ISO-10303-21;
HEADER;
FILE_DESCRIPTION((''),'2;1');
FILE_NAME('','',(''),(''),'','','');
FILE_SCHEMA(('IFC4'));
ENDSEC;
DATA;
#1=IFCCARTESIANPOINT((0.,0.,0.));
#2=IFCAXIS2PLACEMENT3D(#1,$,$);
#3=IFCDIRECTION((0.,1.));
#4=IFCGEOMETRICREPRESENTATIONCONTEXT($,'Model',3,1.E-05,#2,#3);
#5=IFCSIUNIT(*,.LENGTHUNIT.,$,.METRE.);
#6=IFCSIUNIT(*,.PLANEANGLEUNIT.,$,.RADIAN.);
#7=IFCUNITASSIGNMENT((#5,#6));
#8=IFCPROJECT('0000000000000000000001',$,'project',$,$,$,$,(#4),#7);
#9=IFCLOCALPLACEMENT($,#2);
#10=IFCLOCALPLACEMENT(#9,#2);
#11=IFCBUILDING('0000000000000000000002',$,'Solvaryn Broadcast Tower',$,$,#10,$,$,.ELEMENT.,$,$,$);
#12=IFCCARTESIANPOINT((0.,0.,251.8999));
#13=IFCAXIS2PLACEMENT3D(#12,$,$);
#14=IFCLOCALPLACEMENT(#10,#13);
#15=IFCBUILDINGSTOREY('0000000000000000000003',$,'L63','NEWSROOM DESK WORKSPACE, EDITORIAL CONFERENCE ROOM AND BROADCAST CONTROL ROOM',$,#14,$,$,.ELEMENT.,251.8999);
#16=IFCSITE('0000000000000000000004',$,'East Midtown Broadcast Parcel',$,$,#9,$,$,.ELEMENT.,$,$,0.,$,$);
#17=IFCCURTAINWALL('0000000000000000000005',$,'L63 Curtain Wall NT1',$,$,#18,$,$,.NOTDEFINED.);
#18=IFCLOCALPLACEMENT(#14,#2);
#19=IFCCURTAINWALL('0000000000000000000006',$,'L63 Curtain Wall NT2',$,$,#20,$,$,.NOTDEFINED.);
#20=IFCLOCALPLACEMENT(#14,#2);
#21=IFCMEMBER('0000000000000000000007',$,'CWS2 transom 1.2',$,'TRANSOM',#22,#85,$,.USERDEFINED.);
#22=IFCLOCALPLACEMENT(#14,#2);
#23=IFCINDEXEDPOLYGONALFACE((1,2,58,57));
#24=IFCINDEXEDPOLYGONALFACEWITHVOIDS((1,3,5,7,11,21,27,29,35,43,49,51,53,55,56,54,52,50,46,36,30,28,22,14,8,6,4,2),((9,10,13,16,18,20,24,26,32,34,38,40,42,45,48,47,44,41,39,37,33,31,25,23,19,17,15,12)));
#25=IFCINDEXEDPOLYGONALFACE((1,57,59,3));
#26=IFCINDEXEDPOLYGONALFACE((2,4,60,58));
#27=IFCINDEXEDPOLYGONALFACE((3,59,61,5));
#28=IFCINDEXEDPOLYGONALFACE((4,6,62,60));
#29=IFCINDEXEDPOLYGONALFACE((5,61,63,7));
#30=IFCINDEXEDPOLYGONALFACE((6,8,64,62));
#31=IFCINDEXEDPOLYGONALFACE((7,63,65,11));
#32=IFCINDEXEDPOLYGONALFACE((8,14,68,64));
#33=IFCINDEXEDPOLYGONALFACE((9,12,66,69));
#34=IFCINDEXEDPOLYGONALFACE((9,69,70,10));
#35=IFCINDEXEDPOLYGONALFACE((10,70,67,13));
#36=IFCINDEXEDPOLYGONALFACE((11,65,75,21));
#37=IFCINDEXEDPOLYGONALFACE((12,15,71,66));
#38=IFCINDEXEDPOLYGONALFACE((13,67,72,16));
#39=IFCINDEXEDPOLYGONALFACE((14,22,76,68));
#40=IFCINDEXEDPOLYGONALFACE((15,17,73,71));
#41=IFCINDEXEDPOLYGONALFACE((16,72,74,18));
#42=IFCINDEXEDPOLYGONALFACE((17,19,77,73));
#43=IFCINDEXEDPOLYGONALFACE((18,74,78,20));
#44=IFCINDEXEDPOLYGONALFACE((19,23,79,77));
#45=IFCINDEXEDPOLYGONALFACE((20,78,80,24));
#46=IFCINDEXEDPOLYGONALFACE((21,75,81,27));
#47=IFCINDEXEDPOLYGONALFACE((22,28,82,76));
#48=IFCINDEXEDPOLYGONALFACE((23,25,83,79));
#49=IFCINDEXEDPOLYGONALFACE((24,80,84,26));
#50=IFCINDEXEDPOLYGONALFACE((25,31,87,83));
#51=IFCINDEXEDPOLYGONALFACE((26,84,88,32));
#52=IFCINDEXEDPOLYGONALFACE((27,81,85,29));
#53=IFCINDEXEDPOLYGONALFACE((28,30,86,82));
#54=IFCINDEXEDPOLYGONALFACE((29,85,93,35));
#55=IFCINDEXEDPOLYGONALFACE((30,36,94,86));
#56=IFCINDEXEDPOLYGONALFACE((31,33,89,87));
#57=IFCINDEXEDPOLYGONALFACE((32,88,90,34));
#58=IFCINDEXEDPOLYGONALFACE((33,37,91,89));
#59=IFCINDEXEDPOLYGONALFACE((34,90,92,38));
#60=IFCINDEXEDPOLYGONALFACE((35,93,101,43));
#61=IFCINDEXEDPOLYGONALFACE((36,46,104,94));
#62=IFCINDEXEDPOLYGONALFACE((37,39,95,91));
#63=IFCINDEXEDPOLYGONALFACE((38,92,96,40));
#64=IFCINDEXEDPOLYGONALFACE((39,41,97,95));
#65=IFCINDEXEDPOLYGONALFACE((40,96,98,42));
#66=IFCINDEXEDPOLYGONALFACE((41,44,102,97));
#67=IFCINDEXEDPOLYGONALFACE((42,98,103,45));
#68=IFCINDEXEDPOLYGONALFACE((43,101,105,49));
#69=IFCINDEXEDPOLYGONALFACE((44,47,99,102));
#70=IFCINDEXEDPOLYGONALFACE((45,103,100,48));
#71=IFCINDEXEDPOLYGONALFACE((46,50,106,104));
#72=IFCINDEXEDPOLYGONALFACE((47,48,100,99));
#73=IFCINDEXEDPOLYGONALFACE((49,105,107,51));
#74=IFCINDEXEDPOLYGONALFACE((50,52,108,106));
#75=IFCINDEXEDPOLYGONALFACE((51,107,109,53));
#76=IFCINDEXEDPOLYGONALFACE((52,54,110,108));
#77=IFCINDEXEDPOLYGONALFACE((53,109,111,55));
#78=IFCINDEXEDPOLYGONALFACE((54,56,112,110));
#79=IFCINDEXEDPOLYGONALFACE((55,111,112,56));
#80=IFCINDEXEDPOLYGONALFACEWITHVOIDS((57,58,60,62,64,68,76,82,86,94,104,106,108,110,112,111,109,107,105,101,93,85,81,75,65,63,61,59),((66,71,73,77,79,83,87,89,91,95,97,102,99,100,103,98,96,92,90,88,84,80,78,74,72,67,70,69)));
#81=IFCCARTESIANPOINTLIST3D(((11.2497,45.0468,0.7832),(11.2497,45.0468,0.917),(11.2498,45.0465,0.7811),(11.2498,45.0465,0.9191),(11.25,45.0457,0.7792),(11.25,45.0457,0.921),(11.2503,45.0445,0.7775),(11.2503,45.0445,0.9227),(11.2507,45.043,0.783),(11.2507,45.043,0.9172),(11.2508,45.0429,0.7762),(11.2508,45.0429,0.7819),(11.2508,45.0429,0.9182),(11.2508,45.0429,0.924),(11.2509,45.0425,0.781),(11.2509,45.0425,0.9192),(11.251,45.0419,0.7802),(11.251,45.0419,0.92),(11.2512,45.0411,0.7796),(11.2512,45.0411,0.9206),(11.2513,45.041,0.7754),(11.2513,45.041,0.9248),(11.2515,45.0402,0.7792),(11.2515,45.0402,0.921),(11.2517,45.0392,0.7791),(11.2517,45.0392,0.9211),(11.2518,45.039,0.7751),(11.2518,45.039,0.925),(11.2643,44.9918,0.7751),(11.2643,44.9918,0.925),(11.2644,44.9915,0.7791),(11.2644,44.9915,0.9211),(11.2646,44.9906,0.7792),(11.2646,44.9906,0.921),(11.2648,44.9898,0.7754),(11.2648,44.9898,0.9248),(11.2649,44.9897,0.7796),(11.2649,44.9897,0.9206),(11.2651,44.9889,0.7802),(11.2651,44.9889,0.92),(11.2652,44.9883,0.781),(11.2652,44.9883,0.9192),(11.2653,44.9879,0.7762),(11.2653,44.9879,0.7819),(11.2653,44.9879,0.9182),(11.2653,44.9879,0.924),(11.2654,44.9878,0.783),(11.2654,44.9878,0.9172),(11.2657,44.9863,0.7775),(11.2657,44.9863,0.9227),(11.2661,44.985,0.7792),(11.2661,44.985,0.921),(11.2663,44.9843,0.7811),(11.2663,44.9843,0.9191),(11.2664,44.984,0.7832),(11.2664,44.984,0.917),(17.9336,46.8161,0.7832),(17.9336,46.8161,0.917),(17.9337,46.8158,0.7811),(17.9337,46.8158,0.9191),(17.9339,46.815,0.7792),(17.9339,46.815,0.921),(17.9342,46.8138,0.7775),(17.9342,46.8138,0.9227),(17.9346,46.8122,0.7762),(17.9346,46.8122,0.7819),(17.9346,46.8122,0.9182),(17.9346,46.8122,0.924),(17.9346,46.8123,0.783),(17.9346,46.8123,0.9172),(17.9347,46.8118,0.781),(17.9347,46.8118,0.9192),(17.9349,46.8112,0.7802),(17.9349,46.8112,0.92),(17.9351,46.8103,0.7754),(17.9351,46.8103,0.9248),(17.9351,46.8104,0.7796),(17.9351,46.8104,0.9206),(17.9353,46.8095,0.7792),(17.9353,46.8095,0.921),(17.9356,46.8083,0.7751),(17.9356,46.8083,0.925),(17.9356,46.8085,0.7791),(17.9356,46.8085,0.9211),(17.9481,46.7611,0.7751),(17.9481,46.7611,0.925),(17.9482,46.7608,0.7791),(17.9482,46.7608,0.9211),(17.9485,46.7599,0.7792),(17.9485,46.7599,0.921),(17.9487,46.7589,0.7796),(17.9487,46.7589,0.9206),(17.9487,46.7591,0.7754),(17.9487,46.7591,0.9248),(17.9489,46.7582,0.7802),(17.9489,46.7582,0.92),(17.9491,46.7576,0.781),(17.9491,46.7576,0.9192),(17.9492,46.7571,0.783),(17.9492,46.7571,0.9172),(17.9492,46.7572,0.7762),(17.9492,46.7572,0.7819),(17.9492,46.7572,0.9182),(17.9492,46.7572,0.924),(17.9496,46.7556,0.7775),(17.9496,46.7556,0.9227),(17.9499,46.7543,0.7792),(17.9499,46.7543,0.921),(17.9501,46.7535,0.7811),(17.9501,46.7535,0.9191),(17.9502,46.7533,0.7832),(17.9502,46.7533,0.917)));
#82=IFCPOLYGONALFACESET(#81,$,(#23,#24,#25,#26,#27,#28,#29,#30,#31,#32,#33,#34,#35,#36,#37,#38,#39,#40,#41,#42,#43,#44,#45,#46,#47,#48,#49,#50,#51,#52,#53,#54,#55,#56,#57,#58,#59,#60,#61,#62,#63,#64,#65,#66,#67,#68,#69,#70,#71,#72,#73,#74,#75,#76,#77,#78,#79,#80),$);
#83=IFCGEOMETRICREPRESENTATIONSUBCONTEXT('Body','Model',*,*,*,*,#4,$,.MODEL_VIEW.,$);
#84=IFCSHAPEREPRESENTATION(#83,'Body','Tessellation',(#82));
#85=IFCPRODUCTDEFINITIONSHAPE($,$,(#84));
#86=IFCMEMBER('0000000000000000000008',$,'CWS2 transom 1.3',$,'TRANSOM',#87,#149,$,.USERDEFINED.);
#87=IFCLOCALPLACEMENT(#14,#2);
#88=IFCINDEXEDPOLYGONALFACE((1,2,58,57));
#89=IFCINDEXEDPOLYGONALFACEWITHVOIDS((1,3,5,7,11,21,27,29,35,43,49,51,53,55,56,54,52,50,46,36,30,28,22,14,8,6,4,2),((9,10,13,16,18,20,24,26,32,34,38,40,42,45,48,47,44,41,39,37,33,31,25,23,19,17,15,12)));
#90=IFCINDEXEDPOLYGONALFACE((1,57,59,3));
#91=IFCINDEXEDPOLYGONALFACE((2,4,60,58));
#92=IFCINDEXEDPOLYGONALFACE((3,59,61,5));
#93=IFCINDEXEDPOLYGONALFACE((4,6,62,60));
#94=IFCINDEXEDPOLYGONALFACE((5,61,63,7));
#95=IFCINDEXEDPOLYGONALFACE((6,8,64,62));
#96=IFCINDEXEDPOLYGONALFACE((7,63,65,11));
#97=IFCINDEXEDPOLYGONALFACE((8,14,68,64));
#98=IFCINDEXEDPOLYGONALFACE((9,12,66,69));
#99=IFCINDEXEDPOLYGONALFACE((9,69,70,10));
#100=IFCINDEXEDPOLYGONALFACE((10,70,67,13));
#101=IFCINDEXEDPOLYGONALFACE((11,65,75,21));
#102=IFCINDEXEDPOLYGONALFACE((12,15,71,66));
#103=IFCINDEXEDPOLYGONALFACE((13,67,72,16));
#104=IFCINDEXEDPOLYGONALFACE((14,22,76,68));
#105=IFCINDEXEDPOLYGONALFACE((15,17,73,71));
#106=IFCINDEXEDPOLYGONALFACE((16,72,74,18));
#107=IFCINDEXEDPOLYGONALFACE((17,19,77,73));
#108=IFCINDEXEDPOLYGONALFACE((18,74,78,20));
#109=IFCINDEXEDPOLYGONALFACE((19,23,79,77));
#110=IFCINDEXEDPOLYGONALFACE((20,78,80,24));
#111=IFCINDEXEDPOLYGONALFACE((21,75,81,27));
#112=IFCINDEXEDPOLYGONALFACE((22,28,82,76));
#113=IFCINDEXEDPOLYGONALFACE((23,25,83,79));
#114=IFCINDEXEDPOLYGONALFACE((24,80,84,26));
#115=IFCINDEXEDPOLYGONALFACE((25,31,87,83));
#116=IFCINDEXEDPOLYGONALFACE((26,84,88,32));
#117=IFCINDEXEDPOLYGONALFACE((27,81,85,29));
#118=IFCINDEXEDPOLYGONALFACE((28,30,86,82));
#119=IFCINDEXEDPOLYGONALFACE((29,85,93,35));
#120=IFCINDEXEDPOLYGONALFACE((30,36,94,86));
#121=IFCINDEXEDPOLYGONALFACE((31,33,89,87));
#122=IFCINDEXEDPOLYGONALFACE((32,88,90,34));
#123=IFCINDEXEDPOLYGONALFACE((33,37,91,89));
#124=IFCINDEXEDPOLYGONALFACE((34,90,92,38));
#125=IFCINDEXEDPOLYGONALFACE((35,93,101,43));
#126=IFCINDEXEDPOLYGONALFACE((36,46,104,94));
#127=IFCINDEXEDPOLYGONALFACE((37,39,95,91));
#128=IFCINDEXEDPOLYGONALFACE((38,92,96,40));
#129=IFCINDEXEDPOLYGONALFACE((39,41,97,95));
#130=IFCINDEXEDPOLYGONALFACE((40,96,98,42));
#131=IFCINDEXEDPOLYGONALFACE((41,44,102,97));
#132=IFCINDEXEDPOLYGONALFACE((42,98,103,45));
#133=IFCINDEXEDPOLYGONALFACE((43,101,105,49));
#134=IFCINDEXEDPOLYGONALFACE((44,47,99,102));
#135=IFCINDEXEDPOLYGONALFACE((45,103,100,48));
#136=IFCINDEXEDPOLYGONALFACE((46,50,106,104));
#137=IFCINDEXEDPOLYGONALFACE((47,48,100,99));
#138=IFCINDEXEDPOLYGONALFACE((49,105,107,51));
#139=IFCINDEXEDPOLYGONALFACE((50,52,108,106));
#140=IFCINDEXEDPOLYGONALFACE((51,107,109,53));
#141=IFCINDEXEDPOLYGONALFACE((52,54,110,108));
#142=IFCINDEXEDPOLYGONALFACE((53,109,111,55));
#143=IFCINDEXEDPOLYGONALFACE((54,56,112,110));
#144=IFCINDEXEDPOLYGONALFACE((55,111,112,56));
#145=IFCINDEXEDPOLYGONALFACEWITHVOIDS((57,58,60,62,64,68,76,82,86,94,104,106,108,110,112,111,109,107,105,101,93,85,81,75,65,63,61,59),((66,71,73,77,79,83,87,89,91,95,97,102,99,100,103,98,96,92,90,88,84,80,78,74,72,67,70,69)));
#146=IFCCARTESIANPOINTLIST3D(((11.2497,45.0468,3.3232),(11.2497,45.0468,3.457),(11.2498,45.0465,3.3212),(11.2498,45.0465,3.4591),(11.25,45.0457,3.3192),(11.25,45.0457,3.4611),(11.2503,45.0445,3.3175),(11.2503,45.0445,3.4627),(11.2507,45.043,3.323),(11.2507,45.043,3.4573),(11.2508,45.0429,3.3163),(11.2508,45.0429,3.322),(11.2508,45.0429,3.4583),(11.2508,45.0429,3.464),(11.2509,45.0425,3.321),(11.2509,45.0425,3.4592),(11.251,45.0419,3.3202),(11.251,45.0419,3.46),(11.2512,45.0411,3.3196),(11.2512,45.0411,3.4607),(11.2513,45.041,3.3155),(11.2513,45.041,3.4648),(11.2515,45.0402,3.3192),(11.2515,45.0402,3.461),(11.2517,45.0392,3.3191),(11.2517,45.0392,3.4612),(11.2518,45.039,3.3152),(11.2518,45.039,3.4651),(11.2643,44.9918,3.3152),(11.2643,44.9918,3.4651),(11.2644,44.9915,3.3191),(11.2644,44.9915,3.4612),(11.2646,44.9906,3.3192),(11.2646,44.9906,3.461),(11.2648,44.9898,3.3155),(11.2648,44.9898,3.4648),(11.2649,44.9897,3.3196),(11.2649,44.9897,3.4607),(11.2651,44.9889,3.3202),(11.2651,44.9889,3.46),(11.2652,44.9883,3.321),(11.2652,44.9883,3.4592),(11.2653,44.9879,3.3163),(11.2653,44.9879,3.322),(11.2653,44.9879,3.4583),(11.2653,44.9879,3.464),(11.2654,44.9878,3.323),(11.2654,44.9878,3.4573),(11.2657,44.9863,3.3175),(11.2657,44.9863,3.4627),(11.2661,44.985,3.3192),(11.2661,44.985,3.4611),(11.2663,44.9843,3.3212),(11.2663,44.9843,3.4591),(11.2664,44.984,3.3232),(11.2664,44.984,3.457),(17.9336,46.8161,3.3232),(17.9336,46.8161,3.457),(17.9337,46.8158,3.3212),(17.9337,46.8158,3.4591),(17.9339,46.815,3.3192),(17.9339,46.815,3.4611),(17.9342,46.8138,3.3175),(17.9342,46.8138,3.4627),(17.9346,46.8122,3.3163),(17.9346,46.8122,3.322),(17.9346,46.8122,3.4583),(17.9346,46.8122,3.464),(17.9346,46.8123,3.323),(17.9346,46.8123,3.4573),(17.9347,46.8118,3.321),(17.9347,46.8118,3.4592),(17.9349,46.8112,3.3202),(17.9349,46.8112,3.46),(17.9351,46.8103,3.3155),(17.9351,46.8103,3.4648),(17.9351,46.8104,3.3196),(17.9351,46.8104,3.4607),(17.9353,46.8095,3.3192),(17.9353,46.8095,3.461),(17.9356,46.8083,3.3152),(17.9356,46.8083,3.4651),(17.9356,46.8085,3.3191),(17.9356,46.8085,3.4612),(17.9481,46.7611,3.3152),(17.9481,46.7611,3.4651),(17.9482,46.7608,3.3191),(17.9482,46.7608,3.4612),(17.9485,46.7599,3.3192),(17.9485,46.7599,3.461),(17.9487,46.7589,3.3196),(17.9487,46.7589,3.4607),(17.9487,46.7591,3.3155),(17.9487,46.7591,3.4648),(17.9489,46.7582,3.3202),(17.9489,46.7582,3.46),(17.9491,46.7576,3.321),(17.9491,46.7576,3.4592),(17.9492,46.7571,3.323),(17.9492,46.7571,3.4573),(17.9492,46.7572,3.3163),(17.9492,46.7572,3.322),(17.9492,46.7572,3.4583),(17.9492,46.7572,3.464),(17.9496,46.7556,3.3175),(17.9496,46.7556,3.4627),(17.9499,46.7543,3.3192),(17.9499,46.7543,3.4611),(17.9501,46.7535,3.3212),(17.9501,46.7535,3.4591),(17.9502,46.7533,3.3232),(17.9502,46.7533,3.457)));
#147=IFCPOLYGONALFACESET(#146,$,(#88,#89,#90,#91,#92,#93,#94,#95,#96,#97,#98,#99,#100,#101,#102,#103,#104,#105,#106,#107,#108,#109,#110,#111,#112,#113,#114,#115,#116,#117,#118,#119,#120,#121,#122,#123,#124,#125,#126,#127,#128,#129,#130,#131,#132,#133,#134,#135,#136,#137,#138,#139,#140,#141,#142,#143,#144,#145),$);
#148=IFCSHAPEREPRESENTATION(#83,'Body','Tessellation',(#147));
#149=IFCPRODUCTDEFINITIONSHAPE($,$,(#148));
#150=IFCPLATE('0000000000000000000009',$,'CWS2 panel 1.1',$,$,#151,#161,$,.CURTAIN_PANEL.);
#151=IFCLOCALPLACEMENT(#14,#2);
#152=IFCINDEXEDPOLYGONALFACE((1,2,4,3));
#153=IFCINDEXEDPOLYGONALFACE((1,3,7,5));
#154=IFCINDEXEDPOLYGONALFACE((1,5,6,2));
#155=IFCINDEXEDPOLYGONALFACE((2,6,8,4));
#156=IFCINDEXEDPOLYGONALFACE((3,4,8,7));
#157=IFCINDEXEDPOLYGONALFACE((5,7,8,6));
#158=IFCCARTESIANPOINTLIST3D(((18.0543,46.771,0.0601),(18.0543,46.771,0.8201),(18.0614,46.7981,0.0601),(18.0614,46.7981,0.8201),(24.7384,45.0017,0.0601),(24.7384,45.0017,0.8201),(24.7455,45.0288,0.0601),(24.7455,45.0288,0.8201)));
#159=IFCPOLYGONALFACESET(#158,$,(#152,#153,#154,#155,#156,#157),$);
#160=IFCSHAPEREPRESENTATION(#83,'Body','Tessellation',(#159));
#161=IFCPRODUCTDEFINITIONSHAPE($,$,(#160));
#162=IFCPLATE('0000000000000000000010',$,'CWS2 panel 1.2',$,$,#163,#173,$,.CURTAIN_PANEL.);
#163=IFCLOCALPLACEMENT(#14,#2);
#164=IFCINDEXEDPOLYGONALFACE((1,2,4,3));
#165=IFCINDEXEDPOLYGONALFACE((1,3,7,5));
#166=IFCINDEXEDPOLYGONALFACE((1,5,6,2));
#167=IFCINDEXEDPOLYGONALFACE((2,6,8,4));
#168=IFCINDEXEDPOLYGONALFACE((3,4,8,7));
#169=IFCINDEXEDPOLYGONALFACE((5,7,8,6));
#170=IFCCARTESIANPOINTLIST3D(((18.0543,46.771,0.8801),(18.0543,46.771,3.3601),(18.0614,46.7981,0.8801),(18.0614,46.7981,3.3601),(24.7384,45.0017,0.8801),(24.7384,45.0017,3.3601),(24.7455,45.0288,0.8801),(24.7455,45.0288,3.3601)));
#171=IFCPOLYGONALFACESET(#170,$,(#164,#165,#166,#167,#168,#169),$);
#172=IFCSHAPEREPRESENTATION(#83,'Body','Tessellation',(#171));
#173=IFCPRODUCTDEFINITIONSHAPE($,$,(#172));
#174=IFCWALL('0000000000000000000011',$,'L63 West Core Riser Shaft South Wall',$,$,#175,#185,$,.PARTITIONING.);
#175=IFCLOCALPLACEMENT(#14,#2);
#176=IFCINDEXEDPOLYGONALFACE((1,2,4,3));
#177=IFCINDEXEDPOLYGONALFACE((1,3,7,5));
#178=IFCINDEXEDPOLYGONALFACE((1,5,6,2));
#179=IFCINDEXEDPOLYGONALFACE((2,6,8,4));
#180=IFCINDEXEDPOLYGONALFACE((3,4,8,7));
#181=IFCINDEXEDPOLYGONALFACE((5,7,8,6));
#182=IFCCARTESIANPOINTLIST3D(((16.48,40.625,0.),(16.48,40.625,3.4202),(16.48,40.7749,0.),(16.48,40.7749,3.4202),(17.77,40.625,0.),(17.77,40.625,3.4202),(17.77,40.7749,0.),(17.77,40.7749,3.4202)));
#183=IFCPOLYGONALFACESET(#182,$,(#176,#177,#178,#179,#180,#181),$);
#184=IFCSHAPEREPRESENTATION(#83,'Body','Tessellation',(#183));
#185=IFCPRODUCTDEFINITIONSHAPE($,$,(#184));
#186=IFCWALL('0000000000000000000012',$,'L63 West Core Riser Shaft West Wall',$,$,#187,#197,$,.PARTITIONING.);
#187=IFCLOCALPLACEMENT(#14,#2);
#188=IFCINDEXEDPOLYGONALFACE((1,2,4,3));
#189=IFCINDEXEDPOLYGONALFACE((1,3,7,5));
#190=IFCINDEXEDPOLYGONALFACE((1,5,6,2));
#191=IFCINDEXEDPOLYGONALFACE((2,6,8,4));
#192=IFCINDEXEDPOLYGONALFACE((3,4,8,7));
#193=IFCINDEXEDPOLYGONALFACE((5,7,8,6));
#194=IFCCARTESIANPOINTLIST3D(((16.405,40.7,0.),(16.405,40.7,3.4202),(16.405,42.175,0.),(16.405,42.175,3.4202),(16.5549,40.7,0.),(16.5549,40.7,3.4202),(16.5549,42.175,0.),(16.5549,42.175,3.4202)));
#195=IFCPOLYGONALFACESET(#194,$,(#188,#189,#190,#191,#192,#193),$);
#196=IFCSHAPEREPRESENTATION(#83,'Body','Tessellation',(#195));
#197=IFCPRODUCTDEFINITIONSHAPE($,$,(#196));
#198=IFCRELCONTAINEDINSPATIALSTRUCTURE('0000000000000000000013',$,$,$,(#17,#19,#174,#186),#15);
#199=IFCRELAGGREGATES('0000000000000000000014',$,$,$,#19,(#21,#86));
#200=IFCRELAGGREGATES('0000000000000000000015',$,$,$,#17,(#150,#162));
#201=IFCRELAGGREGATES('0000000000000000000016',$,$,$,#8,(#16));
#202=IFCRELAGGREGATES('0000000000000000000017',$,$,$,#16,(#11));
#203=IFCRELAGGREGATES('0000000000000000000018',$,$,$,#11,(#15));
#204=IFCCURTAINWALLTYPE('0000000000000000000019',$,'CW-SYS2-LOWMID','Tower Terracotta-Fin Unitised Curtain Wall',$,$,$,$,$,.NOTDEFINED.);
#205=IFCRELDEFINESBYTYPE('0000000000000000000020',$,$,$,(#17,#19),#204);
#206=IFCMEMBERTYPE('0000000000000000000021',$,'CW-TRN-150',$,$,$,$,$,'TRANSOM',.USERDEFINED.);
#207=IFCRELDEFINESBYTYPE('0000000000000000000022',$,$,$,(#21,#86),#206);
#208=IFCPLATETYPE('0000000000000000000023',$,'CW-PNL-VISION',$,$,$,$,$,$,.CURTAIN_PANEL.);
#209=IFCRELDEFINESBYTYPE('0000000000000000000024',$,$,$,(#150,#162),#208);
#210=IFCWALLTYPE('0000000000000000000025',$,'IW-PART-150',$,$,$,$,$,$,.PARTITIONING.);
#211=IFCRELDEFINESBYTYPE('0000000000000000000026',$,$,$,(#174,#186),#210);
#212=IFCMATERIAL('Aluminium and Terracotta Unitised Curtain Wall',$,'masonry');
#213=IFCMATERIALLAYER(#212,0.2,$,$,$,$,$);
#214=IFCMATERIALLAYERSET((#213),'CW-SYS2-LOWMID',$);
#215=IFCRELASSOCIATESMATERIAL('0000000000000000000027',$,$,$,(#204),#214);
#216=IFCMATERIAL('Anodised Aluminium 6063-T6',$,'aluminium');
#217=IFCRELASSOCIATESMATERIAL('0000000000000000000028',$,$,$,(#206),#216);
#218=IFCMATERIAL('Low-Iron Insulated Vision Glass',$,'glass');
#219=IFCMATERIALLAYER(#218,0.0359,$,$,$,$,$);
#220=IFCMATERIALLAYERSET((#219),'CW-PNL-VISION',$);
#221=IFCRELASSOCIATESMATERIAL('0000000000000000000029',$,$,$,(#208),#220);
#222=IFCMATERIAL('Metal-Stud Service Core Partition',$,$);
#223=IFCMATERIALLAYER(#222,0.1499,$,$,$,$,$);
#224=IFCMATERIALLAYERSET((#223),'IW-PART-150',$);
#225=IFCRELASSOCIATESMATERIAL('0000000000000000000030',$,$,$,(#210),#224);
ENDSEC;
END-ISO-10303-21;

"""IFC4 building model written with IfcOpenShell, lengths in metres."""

from ifc_helpers import new_model, si_unit, direction, frame, frame_2d, origin, origin_2d, place, context, subcontext, project, spatial, rectangle, hollow_rectangle, extrude, material, layer, layer_set, material_profile, profile_set, type_object, element, aggregate, save


model = new_model("IFC4")

# Units and contexts
model_context = context("Model", 3, precision=1e-05, world=origin(), true_north=direction((0.0, 1.0)))
body_context = subcontext(model_context, "Body", "Model", "MODEL_VIEW")
ifc_project = project(units=[si_unit("LENGTHUNIT", "METRE"), si_unit("PLANEANGLEUNIT", "RADIAN")], contexts=[model_context])

# Site, building, storey
site_placement = place(None, origin())
site = spatial("IfcSite", under=ifc_project, at=site_placement, Name="East Midtown Broadcast Parcel", CompositionType="ELEMENT", RefElevation=0.0)
building_placement = place(site_placement, origin())
building = spatial("IfcBuilding", under=site, at=building_placement, Name="Solvaryn Broadcast Tower", CompositionType="ELEMENT")
storey_placement = place(building_placement, frame((0.0, 0.0, 251.8999)))
storey = spatial("IfcBuildingStorey", under=building, at=storey_placement, Name="L63", Description="NEWSROOM DESK WORKSPACE, EDITORIAL CONFERENCE ROOM AND BROADCAST CONTROL ROOM", CompositionType="ELEMENT", Elevation=251.8999)

# Curtain wall
ifc_material_1 = material(Name="Aluminium and Terracotta Unitised Curtain Wall", Category="masonry")
ifc_layer_1 = layer(ifc_material_1, 0.2)
ifc_layer_set_1 = layer_set([ifc_layer_1], Name="CW-SYS2-LOWMID")
curtain_wall_type = type_object("IfcCurtainWallType", Name="CW-SYS2-LOWMID", Description="Tower Terracotta-Fin Unitised Curtain Wall", PredefinedType="NOTDEFINED", material=ifc_layer_set_1)
curtain_wall_1_placement = place(storey_placement, origin())
curtain_wall_1 = element("IfcCurtainWall", 1, at=curtain_wall_1_placement, inside=storey, type_object=curtain_wall_type, Name="L63 Curtain Wall NT1", PredefinedType="NOTDEFINED")

# Curtain wall, members
curtain_wall_2_placement = place(storey_placement, origin())
curtain_wall_2 = element("IfcCurtainWall", 2, at=curtain_wall_2_placement, inside=storey, type_object=curtain_wall_type, Name="L63 Curtain Wall NT2", PredefinedType="NOTDEFINED")
ifc_material_2 = material(Name="Anodised Aluminium 6063-T6", Category="aluminium")
ifc_material_profile_1 = material_profile(ifc_material_2, hollow_rectangle(XDim=0.0649, YDim=0.1499, WallThickness=0.0039, InnerFilletRadius=0.0039, OuterFilletRadius=0.0081, at=origin_2d()))
ifc_profile_set_1 = profile_set([ifc_material_profile_1], Name="Anodised Aluminium 6063-T6")
member_type_1 = type_object("IfcMemberType", Name="CW-TRN-150", ElementType="TRANSOM", PredefinedType="USERDEFINED", material=ifc_profile_set_1)
member_1_placement = place(storey_placement, frame((17.9419, 46.7847, 0.8501), z_axis=(-0.966704, -0.255897, 0.0), x_axis=(0.255897, -0.966704, 0.0)))
member_1 = element("IfcMember", 3, at=member_1_placement, type_object=member_type_1, Name="CWS2 transom 1.2", ObjectType="TRANSOM", PredefinedType="USERDEFINED", context=body_context, shape_type="SweptSolid", body=[
    extrude(hollow_rectangle(XDim=0.0649, YDim=0.1499, WallThickness=0.0039, InnerFilletRadius=0.0039, OuterFilletRadius=0.0081, at=origin_2d()), origin(), (0.0, 0.0, 1.0), 6.9141),
])
member_2_placement = place(storey_placement, frame((17.9419, 46.7847, 3.3901), z_axis=(-0.966704, -0.255897, 0.0), x_axis=(0.255897, -0.966704, 0.0)))
member_2 = element("IfcMember", 4, at=member_2_placement, type_object=member_type_1, Name="CWS2 transom 1.3", ObjectType="TRANSOM", PredefinedType="USERDEFINED", context=body_context, shape_type="SweptSolid", body=[
    extrude(hollow_rectangle(XDim=0.0649, YDim=0.1499, WallThickness=0.0039, InnerFilletRadius=0.0039, OuterFilletRadius=0.0081, at=origin_2d()), origin(), (0.0, 0.0, 1.0), 6.9141),
])
aggregate(curtain_wall_2, [member_1, member_2])

# Plates
ifc_material_3 = material(Name="Low-Iron Insulated Vision Glass", Category="glass")
ifc_layer_2 = layer(ifc_material_3, 0.0359)
ifc_layer_set_2 = layer_set([ifc_layer_2], Name="CW-PNL-VISION")
plate_type = type_object("IfcPlateType", Name="CW-PNL-VISION", PredefinedType="CURTAIN_PANEL", material=ifc_layer_set_2)
plate_1_placement = place(storey_placement, frame((21.3999, 45.8999, 0.0601), z_axis=(0.0, 0.0, 1.0), x_axis=(-0.966705, 0.255893, 0.0)))
plate_1 = element("IfcPlate", 5, at=plate_1_placement, type_object=plate_type, Name="CWS2 panel 1.1", PredefinedType="CURTAIN_PANEL", context=body_context, shape_type="SweptSolid", body=[
    extrude(rectangle(XDim=6.9143, YDim=0.0281, at=origin_2d()), origin(), (0.0, 0.0, 1.0), 0.76),
])
plate_2_placement = place(storey_placement, frame((21.3999, 45.8999, 0.8801), z_axis=(0.0, 0.0, 1.0), x_axis=(-0.966705, 0.255893, 0.0)))
plate_2 = element("IfcPlate", 6, at=plate_2_placement, type_object=plate_type, Name="CWS2 panel 1.2", PredefinedType="CURTAIN_PANEL", context=body_context, shape_type="SweptSolid", body=[
    extrude(rectangle(XDim=6.9143, YDim=0.0281, at=origin_2d()), origin(), (0.0, 0.0, 1.0), 2.48),
])
aggregate(curtain_wall_1, [plate_1, plate_2])

# Walls
ifc_material_4 = material(Name="Metal-Stud Service Core Partition")
ifc_layer_3 = layer(ifc_material_4, 0.1499)
ifc_layer_set_3 = layer_set([ifc_layer_3], Name="IW-PART-150")
wall_type_1 = type_object("IfcWallType", Name="IW-PART-150", PredefinedType="PARTITIONING", material=ifc_layer_set_3)
wall_1_placement = place(storey_placement, frame((16.48, 40.7, 0.0), z_axis=(0.0, 0.0, 1.0), x_axis=(1.0, 0.0, 0.0)))
element("IfcWall", 7, at=wall_1_placement, inside=storey, type_object=wall_type_1, Name="L63 West Core Riser Shaft South Wall", PredefinedType="PARTITIONING", context=body_context, shape_type="SweptSolid", body=[
    extrude(rectangle(XDim=1.29, YDim=0.1499, at=frame_2d((0.645, 0.0))), origin(), (0.0, 0.0, 1.0), 3.4202),
])
wall_2_placement = place(storey_placement, frame((16.48, 40.7, 0.0), z_axis=(0.0, 0.0, 1.0), x_axis=(0.0, 1.0, 0.0)))
element("IfcWall", 8, at=wall_2_placement, inside=storey, type_object=wall_type_1, Name="L63 West Core Riser Shaft West Wall", PredefinedType="PARTITIONING", context=body_context, shape_type="SweptSolid", body=[
    extrude(rectangle(XDim=1.4751, YDim=0.1499, at=frame_2d((0.7375, 0.0))), origin(), (0.0, 0.0, 1.0), 3.4202),
])

save(model, "model.ifc")
